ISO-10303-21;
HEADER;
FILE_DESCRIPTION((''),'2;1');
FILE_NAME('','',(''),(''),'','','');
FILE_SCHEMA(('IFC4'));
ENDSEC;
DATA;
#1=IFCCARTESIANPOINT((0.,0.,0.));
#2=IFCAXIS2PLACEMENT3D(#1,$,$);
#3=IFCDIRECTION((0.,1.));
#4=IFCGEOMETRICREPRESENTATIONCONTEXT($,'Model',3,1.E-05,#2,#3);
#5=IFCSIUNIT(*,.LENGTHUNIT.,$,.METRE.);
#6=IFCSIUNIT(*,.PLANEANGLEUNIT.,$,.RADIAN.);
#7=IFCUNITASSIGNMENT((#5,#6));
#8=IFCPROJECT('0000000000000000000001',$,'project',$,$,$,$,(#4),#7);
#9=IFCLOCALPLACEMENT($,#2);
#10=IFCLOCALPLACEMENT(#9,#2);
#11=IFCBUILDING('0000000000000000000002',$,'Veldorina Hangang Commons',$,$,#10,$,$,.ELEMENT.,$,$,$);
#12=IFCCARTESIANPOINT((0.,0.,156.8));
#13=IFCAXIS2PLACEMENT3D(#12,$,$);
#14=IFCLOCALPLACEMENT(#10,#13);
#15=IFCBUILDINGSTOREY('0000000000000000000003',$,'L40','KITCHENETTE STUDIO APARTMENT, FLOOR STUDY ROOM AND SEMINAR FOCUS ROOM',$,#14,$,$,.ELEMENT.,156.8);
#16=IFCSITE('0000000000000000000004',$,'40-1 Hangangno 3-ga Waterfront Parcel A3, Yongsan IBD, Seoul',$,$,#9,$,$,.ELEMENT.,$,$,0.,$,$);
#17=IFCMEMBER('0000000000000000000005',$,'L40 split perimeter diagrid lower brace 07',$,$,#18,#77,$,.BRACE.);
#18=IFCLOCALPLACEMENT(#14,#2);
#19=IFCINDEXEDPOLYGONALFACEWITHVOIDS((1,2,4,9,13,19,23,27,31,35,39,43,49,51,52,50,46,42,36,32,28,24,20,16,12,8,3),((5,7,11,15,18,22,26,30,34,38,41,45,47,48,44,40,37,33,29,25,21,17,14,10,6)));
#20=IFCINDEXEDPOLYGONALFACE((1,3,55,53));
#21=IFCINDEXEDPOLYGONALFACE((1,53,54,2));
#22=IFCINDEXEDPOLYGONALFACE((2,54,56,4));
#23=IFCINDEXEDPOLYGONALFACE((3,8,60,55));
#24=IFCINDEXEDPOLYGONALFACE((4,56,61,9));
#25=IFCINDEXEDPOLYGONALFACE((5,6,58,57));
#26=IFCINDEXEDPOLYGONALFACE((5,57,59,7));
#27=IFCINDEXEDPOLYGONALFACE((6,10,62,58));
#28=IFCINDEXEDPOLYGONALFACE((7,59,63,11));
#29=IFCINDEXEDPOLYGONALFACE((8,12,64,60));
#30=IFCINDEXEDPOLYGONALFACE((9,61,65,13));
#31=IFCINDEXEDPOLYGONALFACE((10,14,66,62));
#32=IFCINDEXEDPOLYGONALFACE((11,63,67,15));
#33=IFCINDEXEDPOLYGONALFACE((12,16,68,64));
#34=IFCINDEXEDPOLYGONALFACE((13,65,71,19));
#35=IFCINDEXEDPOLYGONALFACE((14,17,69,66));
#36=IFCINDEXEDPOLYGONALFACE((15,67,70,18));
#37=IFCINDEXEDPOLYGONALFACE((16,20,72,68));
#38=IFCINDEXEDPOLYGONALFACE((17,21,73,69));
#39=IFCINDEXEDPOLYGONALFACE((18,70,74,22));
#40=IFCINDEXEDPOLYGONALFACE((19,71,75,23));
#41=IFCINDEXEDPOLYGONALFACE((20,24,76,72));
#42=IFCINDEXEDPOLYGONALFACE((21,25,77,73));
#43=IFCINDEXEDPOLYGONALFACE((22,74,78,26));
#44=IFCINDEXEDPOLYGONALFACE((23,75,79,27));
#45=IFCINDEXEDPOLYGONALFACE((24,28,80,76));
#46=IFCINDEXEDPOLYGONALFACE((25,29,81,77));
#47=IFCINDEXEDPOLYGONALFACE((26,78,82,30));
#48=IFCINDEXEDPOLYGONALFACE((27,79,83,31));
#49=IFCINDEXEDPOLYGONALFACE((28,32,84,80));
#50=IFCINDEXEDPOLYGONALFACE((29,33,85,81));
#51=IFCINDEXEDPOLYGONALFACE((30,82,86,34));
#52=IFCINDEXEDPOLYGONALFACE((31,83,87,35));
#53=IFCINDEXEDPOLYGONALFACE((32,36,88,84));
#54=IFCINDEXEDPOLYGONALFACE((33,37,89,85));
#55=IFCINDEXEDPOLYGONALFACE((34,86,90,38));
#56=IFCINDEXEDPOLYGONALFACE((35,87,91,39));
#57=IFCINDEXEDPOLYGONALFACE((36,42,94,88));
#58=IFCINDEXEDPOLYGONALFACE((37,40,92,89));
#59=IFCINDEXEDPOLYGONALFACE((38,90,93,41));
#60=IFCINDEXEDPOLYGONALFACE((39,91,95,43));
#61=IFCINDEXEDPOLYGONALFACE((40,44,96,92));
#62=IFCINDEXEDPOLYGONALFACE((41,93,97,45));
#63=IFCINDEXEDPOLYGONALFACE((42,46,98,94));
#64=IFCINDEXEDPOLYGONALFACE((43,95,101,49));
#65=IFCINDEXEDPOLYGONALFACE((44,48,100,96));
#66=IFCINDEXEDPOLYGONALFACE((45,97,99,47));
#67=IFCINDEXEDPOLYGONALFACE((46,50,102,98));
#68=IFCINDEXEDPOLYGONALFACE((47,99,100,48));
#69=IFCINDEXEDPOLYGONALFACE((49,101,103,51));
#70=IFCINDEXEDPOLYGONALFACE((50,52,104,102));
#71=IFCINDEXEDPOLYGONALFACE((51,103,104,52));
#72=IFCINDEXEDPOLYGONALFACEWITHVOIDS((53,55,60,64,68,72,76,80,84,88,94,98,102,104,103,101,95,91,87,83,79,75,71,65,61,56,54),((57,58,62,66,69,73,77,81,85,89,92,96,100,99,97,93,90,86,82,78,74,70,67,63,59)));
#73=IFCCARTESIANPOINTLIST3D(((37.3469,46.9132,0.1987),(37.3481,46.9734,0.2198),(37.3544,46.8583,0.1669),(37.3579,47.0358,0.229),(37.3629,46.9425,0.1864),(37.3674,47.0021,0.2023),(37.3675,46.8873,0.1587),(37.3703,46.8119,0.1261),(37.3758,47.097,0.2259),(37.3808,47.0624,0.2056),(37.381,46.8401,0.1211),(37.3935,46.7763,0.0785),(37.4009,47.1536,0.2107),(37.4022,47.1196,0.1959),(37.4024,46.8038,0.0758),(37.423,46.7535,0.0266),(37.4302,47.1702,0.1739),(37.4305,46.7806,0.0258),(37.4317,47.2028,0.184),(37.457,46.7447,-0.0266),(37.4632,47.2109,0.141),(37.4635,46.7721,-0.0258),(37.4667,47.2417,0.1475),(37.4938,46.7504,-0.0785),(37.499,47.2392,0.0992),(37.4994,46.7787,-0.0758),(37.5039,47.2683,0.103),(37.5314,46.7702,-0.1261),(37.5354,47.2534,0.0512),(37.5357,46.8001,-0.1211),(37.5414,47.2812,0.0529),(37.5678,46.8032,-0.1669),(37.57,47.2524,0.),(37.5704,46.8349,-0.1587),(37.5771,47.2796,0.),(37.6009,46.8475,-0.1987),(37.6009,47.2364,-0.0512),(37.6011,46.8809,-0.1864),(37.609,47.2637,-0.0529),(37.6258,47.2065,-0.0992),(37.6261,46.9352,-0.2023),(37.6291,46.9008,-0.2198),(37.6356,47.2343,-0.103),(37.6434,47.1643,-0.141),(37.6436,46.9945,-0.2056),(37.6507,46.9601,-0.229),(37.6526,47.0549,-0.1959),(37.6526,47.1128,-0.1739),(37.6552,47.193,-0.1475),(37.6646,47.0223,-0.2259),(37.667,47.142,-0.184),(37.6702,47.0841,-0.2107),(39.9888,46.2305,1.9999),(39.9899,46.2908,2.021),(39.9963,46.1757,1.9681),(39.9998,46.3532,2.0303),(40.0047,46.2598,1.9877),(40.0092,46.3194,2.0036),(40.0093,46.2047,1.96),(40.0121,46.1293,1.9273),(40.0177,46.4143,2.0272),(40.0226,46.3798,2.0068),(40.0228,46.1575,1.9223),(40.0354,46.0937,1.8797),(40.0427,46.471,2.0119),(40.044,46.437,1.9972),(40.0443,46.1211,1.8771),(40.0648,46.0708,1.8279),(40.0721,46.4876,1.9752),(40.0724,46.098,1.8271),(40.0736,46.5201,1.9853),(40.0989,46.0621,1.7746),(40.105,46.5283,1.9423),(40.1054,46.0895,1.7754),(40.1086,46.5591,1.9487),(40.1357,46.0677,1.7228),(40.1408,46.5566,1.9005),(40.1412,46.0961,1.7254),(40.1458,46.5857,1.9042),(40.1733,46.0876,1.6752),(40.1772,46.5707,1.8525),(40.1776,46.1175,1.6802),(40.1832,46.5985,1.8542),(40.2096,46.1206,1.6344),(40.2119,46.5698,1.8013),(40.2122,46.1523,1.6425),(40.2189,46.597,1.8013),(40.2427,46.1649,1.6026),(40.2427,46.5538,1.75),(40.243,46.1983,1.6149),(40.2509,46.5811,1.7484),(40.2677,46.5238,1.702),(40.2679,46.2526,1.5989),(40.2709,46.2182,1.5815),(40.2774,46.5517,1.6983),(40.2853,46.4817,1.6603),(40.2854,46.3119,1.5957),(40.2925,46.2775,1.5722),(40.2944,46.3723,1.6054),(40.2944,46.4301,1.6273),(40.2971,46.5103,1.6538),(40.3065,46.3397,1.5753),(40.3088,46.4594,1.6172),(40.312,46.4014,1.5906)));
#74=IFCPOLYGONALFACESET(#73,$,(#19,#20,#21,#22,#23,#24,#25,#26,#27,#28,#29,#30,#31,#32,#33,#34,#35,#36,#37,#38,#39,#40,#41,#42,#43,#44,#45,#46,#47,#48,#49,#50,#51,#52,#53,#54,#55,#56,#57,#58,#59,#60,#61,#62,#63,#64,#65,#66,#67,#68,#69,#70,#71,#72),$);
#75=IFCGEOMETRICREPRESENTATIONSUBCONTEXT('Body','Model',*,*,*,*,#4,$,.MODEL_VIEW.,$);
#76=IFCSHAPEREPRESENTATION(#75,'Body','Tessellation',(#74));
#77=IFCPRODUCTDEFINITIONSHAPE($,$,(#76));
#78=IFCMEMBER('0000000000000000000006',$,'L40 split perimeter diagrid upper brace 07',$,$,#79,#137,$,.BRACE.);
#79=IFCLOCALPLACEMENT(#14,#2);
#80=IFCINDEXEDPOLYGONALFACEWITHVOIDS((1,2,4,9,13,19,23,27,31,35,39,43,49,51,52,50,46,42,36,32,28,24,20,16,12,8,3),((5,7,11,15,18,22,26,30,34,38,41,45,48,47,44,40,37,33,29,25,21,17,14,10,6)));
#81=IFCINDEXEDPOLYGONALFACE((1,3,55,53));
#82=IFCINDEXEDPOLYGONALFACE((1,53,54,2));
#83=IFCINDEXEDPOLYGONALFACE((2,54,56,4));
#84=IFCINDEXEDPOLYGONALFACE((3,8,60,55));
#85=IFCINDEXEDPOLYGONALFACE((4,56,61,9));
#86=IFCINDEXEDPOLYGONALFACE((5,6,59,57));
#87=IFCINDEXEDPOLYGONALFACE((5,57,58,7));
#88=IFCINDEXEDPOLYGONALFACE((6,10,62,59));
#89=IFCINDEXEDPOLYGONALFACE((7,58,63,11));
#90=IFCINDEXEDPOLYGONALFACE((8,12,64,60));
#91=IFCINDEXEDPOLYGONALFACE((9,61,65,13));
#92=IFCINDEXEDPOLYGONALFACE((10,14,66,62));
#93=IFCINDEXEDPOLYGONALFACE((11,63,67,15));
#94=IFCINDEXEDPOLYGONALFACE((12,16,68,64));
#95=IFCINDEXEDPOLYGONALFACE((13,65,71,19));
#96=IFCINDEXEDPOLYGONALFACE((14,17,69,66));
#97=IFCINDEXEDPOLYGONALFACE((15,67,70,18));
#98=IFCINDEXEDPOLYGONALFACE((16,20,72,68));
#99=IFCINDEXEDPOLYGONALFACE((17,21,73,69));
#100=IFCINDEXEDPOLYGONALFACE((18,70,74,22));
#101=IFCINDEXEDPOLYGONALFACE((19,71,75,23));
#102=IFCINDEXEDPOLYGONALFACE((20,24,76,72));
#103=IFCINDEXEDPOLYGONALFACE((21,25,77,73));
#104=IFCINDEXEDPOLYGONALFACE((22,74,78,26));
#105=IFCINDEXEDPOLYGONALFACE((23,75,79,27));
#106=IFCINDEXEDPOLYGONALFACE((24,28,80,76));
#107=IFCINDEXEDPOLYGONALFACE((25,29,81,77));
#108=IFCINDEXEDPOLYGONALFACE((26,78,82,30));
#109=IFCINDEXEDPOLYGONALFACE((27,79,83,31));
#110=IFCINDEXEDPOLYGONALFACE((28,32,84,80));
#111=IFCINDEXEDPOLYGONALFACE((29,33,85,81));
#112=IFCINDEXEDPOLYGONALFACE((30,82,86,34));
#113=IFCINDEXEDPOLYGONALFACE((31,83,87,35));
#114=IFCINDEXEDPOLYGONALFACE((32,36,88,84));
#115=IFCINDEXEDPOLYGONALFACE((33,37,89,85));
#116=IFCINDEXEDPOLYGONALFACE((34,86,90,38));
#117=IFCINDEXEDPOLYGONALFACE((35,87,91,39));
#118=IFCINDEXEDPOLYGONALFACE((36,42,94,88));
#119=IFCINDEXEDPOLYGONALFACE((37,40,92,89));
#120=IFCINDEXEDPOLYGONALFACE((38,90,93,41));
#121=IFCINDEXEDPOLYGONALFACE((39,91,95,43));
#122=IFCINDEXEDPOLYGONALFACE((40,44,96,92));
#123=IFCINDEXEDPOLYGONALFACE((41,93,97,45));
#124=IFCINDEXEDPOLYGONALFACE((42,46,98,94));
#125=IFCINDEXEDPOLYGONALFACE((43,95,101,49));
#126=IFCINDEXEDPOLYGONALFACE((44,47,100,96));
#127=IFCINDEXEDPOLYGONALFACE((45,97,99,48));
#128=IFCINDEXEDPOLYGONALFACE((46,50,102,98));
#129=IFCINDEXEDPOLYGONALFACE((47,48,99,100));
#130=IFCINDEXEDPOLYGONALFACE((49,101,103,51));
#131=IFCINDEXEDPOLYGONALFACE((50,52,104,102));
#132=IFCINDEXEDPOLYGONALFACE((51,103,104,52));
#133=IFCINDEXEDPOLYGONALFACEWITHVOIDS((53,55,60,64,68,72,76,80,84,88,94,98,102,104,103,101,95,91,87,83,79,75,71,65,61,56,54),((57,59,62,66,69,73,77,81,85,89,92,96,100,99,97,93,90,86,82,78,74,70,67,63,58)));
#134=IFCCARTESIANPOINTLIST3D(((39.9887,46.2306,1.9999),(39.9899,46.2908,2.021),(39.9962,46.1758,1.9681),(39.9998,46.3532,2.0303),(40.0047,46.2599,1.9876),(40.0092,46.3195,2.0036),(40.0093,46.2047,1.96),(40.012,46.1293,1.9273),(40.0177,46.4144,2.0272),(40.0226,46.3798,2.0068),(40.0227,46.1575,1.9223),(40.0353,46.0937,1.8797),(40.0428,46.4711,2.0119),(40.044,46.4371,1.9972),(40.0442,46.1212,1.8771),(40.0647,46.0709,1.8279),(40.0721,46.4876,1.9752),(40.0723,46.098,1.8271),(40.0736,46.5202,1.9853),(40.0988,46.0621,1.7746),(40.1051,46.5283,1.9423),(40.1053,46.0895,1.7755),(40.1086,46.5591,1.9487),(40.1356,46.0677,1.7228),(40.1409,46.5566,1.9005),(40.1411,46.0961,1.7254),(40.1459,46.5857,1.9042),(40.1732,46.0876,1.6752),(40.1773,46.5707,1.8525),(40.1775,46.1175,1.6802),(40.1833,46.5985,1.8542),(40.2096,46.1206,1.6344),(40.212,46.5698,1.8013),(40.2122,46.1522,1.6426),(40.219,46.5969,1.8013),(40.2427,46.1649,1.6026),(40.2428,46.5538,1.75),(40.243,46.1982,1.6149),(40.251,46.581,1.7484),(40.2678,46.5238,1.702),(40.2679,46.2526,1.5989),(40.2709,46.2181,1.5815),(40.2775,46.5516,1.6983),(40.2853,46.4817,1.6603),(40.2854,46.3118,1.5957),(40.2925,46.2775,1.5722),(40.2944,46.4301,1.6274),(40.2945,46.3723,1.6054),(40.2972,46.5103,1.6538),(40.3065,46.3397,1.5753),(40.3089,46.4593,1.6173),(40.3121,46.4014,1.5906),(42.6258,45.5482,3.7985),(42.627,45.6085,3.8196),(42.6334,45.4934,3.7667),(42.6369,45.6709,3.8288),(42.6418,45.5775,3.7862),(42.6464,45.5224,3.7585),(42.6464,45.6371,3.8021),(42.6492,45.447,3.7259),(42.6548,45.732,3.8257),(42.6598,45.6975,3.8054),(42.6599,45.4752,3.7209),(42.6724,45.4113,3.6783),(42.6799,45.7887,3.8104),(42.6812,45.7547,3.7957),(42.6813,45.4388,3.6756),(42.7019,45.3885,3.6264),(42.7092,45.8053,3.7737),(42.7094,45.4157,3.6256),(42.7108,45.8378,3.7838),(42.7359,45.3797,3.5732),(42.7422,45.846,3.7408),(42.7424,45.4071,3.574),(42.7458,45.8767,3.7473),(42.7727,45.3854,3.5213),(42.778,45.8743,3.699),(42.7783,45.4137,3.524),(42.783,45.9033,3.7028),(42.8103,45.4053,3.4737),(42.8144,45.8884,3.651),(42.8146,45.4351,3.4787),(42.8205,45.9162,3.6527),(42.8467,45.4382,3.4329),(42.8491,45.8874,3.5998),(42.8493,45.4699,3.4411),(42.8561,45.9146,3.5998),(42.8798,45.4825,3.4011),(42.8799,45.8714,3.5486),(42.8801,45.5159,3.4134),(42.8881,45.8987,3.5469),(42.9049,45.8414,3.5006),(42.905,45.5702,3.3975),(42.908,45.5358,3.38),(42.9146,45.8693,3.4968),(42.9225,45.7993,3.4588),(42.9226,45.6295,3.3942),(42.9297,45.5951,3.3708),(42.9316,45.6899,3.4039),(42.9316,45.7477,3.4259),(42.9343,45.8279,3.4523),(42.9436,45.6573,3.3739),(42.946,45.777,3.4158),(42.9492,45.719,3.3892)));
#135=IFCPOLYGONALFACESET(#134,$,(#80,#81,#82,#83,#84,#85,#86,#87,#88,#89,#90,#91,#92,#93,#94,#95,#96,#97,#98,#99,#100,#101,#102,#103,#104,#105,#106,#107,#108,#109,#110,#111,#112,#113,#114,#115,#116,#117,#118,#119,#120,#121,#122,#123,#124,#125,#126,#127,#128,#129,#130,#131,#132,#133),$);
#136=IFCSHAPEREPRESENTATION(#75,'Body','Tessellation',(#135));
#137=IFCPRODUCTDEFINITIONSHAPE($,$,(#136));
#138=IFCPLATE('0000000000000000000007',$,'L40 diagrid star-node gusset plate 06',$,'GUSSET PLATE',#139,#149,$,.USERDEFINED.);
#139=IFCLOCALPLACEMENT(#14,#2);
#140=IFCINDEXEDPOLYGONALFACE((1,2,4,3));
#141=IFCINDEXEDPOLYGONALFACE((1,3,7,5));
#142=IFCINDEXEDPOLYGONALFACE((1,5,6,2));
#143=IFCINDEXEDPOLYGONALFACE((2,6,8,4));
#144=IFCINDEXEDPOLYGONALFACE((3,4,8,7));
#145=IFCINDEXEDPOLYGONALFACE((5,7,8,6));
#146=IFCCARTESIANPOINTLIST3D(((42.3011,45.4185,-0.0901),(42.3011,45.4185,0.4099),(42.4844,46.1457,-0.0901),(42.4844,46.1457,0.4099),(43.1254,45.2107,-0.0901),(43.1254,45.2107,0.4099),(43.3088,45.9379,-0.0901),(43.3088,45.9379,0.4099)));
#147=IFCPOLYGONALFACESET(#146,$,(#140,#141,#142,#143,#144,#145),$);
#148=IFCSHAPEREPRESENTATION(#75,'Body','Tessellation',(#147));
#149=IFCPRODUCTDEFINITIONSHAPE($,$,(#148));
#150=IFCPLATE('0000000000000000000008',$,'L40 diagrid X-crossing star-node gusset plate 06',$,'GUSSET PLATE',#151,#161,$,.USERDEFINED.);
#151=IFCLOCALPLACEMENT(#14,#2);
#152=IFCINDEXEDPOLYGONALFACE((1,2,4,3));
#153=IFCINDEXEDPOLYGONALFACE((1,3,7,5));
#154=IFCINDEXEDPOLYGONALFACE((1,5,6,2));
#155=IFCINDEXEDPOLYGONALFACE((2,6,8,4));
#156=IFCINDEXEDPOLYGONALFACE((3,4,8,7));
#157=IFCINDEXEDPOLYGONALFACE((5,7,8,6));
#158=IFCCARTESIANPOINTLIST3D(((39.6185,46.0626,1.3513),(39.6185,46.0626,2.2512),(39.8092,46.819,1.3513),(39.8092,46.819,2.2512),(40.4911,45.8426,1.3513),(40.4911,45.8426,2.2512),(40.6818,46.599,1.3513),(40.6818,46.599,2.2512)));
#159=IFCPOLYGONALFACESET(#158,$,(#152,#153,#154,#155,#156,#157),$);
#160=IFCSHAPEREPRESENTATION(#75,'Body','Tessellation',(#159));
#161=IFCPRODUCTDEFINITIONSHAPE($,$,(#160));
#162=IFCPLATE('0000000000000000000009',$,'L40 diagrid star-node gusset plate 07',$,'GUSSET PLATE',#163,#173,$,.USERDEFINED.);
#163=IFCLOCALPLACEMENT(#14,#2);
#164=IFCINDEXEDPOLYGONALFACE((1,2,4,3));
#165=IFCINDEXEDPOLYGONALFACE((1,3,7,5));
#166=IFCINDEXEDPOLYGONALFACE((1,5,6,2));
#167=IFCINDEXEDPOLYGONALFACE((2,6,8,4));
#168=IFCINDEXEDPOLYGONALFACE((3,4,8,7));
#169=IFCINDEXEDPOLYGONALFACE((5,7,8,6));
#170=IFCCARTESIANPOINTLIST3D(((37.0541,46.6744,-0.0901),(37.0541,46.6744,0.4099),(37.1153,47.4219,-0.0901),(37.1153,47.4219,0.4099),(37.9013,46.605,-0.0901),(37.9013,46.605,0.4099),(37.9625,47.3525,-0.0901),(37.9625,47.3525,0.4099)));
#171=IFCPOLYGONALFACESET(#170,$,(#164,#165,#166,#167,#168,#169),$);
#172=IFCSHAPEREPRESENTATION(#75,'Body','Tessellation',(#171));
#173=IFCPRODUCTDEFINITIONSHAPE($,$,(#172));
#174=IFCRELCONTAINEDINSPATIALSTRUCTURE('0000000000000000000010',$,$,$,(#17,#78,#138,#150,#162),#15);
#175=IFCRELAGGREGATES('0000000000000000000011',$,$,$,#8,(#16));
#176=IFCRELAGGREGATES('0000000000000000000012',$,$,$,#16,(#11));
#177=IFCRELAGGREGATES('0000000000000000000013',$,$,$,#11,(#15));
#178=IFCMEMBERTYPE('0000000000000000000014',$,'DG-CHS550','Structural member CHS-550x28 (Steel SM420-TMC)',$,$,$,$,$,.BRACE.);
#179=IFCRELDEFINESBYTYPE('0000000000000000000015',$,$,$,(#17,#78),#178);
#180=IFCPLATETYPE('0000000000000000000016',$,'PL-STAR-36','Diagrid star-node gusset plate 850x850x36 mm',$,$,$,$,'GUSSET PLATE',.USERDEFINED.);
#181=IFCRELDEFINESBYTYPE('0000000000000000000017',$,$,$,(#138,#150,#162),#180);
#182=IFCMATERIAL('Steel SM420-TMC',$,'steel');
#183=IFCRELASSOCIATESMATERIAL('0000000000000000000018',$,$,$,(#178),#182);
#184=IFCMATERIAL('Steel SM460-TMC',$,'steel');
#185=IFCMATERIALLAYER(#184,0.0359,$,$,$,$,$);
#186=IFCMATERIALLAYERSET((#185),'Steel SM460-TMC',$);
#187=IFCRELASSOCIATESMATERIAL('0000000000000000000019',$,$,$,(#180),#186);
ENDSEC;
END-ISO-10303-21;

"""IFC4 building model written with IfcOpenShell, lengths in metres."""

from ifc_helpers import new_model, si_unit, direction, frame, origin, origin_2d, place, context, subcontext, project, spatial, rectangle, hollow_circle, extrude, material, layer, layer_set, material_profile, profile_set, type_object, element, save


model = new_model("IFC4")

# Units and contexts
model_context = context("Model", 3, precision=1e-05, world=origin(), true_north=direction((0.0, 1.0)))
body_context = subcontext(model_context, "Body", "Model", "MODEL_VIEW")
ifc_project = project(units=[si_unit("LENGTHUNIT", "METRE"), si_unit("PLANEANGLEUNIT", "RADIAN")], contexts=[model_context])

# Site, building, storey
site_placement = place(None, origin())
site = spatial("IfcSite", under=ifc_project, at=site_placement, Name="40-1 Hangangno 3-ga Waterfront Parcel A3, Yongsan IBD, Seoul", CompositionType="ELEMENT", RefElevation=0.0)
building_placement = place(site_placement, origin())
building = spatial("IfcBuilding", under=site, at=building_placement, Name="Veldorina Hangang Commons", CompositionType="ELEMENT")
storey_placement = place(building_placement, frame((0.0, 0.0, 156.8)))
storey = spatial("IfcBuildingStorey", under=building, at=storey_placement, Name="L40", Description="KITCHENETTE STUDIO APARTMENT, FLOOR STUDY ROOM AND SEMINAR FOCUS ROOM", CompositionType="ELEMENT", Elevation=156.8)

# Shared definitions
ifc_material_1 = material(Name="Steel SM420-TMC", Category="steel")

# Members
ifc_material_profile_1 = material_profile(ifc_material_1, hollow_circle(Radius=0.2749, WallThickness=0.0281, at=origin_2d()), Name="CHS-550x28")
ifc_profile_set_1 = profile_set([ifc_material_profile_1], Name="Steel SM420-TMC")
member_type = type_object("IfcMemberType", Name="DG-CHS550", Description="Structural member CHS-550x28 (Steel SM420-TMC)", PredefinedType="BRACE", material=ifc_profile_set_1)
member_1_placement = place(storey_placement, frame((37.5083, 47.0134, 0.0), z_axis=(0.808018, -0.208781, 0.550925), x_axis=(0.25017, 0.968202, 0.0)))
element("IfcMember", 1, at=member_1_placement, inside=storey, type_object=member_type, Name="L40 split perimeter diagrid lower brace 07", PredefinedType="BRACE", context=body_context, shape_type="SweptSolid", body=[
    extrude(hollow_circle(Radius=0.2749, WallThickness=0.0281, at=origin_2d()), origin(), (0.0, 0.0, 1.0), 3.2695),
])
member_2_placement = place(storey_placement, frame((40.1501, 46.3308, 1.8013), z_axis=(0.807903, -0.209044, 0.550993), x_axis=(0.250499, 0.968117, 0.0)))
element("IfcMember", 2, at=member_2_placement, inside=storey, type_object=member_type, Name="L40 split perimeter diagrid upper brace 07", PredefinedType="BRACE", context=body_context, shape_type="SweptSolid", body=[
    extrude(hollow_circle(Radius=0.2749, WallThickness=0.0281, at=origin_2d()), origin(), (0.0, 0.0, 1.0), 3.2642),
])

# Plates
ifc_material_2 = material(Name="Steel SM460-TMC", Category="steel")
ifc_layer_1 = layer(ifc_material_2, 0.0359)
ifc_layer_set_1 = layer_set([ifc_layer_1], Name="Steel SM460-TMC")
plate_type = type_object("IfcPlateType", Name="PL-STAR-36", Description="Diagrid star-node gusset plate 850x850x36 mm", ElementType="GUSSET PLATE", PredefinedType="USERDEFINED", material=ifc_layer_set_1)
plate_1_placement = place(storey_placement, frame((42.8049, 45.6782, -0.0901), z_axis=(0.0, 0.0, 1.0), x_axis=(-0.969663, 0.244444, 0.0)))
element("IfcPlate", 3, at=plate_1_placement, inside=storey, type_object=plate_type, Name="L40 diagrid star-node gusset plate 06", ObjectType="GUSSET PLATE", PredefinedType="USERDEFINED", context=body_context, shape_type="SweptSolid", body=[
    extrude(rectangle(XDim=0.8501, YDim=0.75, at=origin_2d()), origin(), (0.0, 0.0, 1.0), 0.5),
])
plate_2_placement = place(storey_placement, frame((40.1501, 46.3308, 1.3513), z_axis=(0.0, 0.0, 1.0), x_axis=(-0.969663, 0.244444, 0.0)))
element("IfcPlate", 4, at=plate_2_placement, inside=storey, type_object=plate_type, Name="L40 diagrid X-crossing star-node gusset plate 06", ObjectType="GUSSET PLATE", PredefinedType="USERDEFINED", context=body_context, shape_type="SweptSolid", body=[
    extrude(rectangle(XDim=0.8999, YDim=0.78, at=origin_2d()), origin(), (0.0, 0.0, 1.0), 0.8999),
])
plate_3_placement = place(storey_placement, frame((37.5083, 47.0134, -0.0901), z_axis=(0.0, 0.0, 1.0), x_axis=(-0.996666, 0.081591, 0.0)))
element("IfcPlate", 5, at=plate_3_placement, inside=storey, type_object=plate_type, Name="L40 diagrid star-node gusset plate 07", ObjectType="GUSSET PLATE", PredefinedType="USERDEFINED", context=body_context, shape_type="SweptSolid", body=[
    extrude(rectangle(XDim=0.8501, YDim=0.75, at=origin_2d()), origin(), (0.0, 0.0, 1.0), 0.5),
])

save(model, "model.ifc")
